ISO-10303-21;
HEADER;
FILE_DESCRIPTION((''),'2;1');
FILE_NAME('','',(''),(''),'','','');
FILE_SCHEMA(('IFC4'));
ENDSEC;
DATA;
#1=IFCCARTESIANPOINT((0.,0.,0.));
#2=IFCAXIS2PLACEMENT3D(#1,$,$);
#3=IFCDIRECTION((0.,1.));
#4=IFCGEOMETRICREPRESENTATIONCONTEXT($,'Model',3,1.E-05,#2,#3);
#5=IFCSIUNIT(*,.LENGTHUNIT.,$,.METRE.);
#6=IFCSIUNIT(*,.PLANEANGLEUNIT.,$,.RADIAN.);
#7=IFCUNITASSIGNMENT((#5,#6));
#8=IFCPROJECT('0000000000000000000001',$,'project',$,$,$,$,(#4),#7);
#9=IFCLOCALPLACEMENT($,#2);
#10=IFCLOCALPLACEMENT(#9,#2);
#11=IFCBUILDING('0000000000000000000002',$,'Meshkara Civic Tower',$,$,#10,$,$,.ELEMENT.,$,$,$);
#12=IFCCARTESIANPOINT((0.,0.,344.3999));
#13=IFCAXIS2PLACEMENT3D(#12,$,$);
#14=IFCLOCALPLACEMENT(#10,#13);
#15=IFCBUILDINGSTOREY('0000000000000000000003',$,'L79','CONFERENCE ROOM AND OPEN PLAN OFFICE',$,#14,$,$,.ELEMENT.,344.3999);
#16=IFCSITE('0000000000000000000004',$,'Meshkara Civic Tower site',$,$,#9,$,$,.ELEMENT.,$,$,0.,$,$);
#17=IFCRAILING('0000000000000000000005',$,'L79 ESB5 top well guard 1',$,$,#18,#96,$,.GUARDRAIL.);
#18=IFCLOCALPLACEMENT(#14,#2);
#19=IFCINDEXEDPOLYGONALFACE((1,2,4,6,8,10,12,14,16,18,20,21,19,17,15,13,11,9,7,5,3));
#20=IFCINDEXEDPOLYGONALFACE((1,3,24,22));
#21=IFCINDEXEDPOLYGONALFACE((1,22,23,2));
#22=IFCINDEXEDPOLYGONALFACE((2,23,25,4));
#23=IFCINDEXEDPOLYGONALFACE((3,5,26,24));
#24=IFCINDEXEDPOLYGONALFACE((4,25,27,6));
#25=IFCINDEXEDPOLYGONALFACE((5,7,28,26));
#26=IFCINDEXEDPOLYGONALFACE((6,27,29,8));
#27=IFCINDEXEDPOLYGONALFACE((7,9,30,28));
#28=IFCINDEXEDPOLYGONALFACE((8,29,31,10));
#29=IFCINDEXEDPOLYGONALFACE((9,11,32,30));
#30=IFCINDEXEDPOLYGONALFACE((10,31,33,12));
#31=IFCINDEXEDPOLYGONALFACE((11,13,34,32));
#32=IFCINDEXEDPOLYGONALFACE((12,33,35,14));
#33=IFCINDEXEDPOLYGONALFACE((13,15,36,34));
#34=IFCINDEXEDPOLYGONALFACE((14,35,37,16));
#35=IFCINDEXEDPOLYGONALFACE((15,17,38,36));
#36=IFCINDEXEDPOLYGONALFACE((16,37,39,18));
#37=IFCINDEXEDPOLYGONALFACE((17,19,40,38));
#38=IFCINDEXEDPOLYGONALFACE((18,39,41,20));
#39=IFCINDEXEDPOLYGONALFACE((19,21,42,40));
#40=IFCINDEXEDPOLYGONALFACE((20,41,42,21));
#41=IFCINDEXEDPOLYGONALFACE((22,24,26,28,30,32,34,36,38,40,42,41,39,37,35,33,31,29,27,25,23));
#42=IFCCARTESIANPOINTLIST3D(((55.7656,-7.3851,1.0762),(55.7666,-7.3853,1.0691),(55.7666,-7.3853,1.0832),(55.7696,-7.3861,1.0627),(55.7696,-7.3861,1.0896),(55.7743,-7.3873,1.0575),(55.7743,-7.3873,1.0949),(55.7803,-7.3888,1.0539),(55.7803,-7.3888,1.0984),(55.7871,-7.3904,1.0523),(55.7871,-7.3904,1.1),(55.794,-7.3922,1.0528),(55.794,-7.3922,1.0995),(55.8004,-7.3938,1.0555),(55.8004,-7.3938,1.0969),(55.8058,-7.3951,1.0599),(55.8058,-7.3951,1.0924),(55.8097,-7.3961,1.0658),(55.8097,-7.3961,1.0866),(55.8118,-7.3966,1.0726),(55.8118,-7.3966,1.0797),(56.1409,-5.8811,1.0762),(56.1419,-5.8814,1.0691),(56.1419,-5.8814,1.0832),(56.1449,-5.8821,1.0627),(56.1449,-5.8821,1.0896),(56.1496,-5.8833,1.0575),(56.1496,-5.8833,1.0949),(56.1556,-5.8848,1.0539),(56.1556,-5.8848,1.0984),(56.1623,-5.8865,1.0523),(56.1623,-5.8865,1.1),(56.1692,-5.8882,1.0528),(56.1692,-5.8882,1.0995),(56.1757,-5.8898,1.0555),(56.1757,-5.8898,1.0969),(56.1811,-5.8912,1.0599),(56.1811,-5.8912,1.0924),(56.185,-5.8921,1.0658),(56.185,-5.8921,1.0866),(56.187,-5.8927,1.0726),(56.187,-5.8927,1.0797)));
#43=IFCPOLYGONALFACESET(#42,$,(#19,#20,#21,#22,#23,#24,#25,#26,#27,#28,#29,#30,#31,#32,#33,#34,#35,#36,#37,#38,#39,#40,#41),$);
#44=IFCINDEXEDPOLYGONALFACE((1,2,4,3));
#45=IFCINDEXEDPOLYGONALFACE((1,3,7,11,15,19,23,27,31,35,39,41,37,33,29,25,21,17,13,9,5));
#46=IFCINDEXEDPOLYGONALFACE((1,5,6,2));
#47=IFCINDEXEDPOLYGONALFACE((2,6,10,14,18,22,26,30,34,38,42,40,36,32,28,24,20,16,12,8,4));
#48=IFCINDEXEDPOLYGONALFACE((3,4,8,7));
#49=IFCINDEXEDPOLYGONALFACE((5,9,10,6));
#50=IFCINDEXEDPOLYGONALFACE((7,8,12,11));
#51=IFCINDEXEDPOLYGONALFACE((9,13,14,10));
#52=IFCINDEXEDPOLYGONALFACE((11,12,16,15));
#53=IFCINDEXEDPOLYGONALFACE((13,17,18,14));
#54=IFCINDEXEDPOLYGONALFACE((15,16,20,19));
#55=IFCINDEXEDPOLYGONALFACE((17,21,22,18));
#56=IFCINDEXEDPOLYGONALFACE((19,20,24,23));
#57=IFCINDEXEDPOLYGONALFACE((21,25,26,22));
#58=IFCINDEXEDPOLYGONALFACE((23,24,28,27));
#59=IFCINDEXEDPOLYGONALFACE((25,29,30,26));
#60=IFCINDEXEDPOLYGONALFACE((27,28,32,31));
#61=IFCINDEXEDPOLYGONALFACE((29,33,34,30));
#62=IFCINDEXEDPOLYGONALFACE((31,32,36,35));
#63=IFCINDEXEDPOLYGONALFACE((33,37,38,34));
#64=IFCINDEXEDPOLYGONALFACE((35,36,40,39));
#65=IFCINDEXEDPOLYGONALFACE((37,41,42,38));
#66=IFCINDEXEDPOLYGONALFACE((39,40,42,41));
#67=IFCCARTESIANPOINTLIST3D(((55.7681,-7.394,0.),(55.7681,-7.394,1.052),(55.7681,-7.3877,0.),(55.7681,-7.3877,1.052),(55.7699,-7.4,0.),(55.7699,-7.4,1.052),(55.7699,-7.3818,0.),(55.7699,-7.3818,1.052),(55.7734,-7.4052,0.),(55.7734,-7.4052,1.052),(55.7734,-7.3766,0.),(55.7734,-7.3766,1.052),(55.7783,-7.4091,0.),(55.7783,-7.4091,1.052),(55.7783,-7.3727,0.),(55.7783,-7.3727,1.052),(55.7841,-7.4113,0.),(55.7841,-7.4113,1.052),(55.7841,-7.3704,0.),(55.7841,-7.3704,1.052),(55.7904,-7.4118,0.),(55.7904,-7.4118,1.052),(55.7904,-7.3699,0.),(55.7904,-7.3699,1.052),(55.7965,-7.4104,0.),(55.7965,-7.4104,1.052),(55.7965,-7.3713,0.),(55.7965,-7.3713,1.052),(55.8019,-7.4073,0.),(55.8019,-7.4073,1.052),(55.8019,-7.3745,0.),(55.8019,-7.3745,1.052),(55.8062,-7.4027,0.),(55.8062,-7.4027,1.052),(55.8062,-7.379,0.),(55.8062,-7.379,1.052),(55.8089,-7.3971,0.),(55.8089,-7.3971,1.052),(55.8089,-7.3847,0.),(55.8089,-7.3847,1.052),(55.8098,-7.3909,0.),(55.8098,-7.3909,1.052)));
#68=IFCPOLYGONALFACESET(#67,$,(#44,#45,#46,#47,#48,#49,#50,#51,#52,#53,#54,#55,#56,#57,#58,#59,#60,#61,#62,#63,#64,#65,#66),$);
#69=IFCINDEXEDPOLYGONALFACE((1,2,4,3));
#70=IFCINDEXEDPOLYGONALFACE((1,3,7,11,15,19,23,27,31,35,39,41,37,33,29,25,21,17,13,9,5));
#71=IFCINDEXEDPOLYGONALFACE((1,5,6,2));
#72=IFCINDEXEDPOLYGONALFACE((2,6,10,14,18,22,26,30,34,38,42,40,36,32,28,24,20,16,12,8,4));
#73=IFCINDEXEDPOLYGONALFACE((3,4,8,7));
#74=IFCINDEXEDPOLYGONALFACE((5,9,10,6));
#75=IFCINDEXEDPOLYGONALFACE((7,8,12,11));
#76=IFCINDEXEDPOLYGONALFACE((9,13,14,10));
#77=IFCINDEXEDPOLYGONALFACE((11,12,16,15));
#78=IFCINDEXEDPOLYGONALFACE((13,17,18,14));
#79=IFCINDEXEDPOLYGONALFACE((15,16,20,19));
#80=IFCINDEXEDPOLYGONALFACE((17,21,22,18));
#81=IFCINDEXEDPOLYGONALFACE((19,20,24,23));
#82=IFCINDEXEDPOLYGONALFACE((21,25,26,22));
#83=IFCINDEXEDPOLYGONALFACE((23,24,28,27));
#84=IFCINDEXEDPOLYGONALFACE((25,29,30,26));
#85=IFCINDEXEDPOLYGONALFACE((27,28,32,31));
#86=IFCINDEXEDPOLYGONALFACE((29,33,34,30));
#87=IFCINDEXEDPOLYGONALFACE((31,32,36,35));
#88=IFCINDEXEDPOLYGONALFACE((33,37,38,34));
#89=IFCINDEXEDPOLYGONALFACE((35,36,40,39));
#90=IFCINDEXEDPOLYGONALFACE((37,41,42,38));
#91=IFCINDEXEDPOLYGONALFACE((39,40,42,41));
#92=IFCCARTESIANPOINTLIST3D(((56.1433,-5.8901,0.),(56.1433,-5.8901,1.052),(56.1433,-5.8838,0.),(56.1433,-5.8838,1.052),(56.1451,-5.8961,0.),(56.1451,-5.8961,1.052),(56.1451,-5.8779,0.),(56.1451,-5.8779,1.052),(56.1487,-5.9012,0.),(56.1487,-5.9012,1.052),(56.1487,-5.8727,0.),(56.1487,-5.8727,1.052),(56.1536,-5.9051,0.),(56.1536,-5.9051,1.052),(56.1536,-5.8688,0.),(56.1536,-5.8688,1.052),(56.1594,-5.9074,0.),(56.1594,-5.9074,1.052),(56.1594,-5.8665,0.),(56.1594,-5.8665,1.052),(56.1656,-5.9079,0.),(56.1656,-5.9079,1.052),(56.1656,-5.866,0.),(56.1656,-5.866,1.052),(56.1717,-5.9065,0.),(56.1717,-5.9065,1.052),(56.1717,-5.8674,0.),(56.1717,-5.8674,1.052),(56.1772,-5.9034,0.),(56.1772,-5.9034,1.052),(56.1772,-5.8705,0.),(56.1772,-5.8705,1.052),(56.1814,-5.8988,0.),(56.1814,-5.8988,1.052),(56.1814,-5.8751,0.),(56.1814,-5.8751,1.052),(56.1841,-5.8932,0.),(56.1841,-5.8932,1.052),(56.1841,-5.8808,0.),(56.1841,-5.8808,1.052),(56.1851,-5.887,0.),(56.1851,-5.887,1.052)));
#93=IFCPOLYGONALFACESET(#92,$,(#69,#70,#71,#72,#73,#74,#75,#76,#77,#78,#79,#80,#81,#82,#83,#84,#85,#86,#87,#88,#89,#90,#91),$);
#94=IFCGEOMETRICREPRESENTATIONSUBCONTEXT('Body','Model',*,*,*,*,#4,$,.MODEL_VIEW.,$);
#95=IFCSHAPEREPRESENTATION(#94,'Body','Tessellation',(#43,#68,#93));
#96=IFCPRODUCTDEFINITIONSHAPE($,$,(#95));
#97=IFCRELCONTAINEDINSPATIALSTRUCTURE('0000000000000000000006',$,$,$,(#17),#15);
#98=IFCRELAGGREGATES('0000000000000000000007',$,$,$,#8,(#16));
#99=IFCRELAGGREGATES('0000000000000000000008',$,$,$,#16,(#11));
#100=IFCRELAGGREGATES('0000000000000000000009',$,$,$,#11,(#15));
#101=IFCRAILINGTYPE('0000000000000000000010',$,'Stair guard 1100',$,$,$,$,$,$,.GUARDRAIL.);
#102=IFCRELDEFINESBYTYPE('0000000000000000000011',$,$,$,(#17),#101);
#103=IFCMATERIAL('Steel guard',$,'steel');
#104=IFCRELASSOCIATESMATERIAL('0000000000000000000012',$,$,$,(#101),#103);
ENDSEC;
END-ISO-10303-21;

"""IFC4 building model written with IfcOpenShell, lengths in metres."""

from ifc_helpers import new_model, si_unit, direction, frame, origin, origin_2d, place, context, subcontext, project, spatial, circle, extrude, material, type_object, element, save


model = new_model("IFC4")

# Units and contexts
model_context = context("Model", 3, precision=1e-05, world=origin(), true_north=direction((0.0, 1.0)))
body_context = subcontext(model_context, "Body", "Model", "MODEL_VIEW")
ifc_project = project(units=[si_unit("LENGTHUNIT", "METRE"), si_unit("PLANEANGLEUNIT", "RADIAN")], contexts=[model_context])

# Site, building, storey
site_placement = place(None, origin())
site = spatial("IfcSite", under=ifc_project, at=site_placement, Name="Meshkara Civic Tower site", CompositionType="ELEMENT", RefElevation=0.0)
building_placement = place(site_placement, origin())
building = spatial("IfcBuilding", under=site, at=building_placement, Name="Meshkara Civic Tower", CompositionType="ELEMENT")
storey_placement = place(building_placement, frame((0.0, 0.0, 344.3999)))
storey = spatial("IfcBuildingStorey", under=building, at=storey_placement, Name="L79", Description="CONFERENCE ROOM AND OPEN PLAN OFFICE", CompositionType="ELEMENT", Elevation=344.3999)

# Railing
ifc_material_1 = material(Name="Steel guard", Category="steel")
railing_type = type_object("IfcRailingType", Name="Stair guard 1100", PredefinedType="GUARDRAIL", material=ifc_material_1)
railing_placement = place(storey_placement, frame((55.7888, -7.3909, 0.0)))
element("IfcRailing", 1, at=railing_placement, inside=storey, type_object=railing_type, Name="L79 ESB5 top well guard 1", PredefinedType="GUARDRAIL", context=body_context, shape_type="SweptSolid", body=[
    extrude(circle(Radius=0.0239, at=origin_2d()), frame((0.0, 0.0, 1.0762), z_axis=(0.242091, 0.970254, 0.0), x_axis=(-0.970254, 0.242091, 0.0)), (0.0, 0.0, 1.0), 1.55),
    extrude(circle(Radius=0.021, at=origin_2d()), origin(), (0.0, 0.0, 1.0), 1.052),
    extrude(circle(Radius=0.021, at=origin_2d()), frame((0.3752, 1.5039, 0.0)), (0.0, 0.0, 1.0), 1.052),
])

save(model, "model.ifc")
